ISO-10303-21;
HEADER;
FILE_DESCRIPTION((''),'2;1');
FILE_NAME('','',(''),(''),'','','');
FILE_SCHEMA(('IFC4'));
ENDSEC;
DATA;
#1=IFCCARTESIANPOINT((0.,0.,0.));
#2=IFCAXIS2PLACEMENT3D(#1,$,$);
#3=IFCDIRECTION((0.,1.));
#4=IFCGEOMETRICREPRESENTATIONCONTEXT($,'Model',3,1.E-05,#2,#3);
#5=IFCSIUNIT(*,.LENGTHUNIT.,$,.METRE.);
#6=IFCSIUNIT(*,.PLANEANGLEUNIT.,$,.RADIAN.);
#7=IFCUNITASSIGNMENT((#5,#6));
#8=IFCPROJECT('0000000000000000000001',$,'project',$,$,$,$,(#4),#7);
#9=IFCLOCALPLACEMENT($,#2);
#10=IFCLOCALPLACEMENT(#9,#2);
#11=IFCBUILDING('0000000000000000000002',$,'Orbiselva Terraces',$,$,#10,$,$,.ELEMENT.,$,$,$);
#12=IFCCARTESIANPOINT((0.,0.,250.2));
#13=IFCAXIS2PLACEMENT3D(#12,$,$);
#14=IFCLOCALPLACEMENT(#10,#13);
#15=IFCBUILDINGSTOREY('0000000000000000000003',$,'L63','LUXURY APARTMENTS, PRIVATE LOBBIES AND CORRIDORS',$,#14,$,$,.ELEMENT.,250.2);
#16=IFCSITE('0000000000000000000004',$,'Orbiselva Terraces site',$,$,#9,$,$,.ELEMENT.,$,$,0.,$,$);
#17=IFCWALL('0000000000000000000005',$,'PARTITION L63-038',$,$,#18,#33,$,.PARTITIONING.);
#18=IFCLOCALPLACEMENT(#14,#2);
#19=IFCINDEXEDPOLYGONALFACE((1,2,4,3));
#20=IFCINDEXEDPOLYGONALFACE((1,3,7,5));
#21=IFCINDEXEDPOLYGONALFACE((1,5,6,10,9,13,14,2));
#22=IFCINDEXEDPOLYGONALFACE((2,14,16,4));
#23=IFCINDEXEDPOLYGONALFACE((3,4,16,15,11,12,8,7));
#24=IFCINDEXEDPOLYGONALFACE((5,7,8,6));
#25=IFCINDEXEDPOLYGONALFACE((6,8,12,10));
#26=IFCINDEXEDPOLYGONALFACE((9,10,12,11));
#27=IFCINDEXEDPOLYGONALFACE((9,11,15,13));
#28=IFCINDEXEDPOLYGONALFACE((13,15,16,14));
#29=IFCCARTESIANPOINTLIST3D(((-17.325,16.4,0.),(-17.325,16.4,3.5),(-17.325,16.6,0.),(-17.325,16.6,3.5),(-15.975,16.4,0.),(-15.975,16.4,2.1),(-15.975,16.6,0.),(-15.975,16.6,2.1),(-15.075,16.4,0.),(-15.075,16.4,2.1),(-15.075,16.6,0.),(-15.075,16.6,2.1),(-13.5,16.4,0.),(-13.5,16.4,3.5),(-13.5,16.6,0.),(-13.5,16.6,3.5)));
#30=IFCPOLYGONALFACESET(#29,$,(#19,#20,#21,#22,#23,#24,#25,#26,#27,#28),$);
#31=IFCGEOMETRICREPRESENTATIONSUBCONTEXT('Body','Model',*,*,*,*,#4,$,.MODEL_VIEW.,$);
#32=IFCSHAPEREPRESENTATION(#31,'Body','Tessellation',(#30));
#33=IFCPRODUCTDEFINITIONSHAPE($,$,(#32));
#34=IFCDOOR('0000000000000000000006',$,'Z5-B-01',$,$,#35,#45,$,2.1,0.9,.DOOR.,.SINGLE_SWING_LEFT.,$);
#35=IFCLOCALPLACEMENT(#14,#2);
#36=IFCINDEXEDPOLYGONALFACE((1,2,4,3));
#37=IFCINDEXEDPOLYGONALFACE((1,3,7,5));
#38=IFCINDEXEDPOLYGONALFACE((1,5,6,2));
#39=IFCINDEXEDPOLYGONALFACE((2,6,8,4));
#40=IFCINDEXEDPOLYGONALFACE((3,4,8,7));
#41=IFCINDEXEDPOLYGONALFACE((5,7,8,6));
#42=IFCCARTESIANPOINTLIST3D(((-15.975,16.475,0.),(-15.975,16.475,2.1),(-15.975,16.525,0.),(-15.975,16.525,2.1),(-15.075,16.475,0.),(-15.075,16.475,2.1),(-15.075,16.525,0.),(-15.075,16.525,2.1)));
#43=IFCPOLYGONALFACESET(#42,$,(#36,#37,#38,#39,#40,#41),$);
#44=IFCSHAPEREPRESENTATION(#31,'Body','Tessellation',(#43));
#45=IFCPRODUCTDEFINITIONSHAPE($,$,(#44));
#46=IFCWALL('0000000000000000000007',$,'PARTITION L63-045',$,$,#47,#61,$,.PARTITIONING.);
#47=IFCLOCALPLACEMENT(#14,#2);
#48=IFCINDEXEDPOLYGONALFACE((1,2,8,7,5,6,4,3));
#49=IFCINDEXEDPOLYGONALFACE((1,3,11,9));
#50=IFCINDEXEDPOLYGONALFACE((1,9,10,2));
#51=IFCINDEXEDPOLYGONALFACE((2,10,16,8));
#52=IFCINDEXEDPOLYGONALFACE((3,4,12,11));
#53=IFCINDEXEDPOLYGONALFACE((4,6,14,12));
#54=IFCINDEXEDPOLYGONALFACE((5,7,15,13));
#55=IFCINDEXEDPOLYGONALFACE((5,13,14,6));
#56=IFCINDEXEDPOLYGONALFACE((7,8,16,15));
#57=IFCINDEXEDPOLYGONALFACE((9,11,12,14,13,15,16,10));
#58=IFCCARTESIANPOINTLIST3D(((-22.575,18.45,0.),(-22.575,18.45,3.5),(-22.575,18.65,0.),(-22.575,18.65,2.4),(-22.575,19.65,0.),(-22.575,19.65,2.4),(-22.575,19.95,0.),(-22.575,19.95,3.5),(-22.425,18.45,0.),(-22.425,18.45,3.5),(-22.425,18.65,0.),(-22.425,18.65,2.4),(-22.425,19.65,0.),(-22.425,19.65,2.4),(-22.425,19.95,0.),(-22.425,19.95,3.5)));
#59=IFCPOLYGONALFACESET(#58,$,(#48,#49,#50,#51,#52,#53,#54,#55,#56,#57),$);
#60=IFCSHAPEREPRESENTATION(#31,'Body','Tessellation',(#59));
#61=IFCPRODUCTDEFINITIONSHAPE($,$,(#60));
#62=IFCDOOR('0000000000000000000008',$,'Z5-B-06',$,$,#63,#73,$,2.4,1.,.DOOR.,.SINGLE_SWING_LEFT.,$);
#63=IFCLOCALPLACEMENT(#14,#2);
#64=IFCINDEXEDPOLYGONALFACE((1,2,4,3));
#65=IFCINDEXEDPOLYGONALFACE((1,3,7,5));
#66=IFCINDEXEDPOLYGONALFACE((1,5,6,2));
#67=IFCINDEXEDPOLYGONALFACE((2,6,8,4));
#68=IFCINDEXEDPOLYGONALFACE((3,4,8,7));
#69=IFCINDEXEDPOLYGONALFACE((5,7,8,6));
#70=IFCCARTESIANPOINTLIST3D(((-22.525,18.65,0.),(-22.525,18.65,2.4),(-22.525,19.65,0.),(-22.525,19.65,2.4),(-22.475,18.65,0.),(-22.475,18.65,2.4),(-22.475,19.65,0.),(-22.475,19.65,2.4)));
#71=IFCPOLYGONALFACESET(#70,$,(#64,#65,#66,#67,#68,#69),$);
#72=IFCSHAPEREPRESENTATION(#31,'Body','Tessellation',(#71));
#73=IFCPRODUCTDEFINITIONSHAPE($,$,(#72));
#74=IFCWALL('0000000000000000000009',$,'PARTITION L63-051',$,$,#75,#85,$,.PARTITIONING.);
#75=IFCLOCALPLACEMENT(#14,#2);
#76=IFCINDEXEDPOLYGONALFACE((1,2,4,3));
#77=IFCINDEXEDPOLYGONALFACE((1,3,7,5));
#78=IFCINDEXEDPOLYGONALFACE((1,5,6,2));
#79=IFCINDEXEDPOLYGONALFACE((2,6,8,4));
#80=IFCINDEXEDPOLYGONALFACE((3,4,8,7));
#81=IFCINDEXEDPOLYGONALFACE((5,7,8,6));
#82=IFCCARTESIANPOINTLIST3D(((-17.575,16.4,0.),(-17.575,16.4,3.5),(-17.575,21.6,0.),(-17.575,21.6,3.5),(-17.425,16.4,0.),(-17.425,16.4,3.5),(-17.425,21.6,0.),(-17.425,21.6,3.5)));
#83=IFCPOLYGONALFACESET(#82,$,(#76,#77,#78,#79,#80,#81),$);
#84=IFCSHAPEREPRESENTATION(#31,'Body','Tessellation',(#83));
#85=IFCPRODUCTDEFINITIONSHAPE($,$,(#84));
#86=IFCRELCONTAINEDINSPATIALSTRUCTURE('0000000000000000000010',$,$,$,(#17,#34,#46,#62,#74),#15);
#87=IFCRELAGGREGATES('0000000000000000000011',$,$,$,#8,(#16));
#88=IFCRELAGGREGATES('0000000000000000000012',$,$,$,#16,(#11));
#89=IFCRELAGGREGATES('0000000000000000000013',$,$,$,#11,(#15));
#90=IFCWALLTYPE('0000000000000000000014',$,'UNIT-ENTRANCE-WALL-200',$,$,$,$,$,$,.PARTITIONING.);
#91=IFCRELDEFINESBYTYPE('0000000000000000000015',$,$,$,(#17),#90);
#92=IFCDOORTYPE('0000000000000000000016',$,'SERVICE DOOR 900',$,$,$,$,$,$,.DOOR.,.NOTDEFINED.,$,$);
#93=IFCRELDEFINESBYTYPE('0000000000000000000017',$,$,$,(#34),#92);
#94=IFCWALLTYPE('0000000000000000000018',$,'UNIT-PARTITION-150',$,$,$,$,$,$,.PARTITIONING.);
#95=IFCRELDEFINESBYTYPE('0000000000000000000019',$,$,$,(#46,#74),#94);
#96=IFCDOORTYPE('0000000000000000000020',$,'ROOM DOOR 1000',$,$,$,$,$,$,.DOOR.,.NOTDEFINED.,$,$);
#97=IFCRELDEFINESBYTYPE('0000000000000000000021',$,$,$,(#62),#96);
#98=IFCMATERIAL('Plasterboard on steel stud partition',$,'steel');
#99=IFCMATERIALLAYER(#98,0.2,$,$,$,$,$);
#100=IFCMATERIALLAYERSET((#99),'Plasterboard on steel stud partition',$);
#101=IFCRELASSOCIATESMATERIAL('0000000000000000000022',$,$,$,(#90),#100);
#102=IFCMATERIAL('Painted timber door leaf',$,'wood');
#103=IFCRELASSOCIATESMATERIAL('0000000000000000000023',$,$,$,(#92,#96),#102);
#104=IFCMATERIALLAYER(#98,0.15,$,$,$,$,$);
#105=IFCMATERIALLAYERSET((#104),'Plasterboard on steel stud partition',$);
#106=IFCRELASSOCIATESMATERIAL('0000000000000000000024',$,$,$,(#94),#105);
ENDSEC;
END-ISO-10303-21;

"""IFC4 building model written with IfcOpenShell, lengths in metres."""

from ifc_helpers import new_model, si_unit, direction, frame, frame_2d, origin, place, context, subcontext, project, spatial, rectangle, extrude, material, layer, layer_set, type_object, element, fill, save


model = new_model("IFC4")

# Units and contexts
model_context = context("Model", 3, precision=1e-05, world=origin(), true_north=direction((0.0, 1.0)))
body_context = subcontext(model_context, "Body", "Model", "MODEL_VIEW")
ifc_project = project(units=[si_unit("LENGTHUNIT", "METRE"), si_unit("PLANEANGLEUNIT", "RADIAN")], contexts=[model_context])

# Site, building, storey
site_placement = place(None, origin())
site = spatial("IfcSite", under=ifc_project, at=site_placement, Name="Orbiselva Terraces site", CompositionType="ELEMENT", RefElevation=0.0)
building_placement = place(site_placement, origin())
building = spatial("IfcBuilding", under=site, at=building_placement, Name="Orbiselva Terraces", CompositionType="ELEMENT")
storey_placement = place(building_placement, frame((0.0, 0.0, 250.2)))
storey = spatial("IfcBuildingStorey", under=building, at=storey_placement, Name="L63", Description="LUXURY APARTMENTS, PRIVATE LOBBIES AND CORRIDORS", CompositionType="ELEMENT", Elevation=250.2)

# Walls, openings, doors
ifc_material_1 = material(Name="Plasterboard on steel stud partition", Category="steel")
ifc_layer_1 = layer(ifc_material_1, 0.2)
ifc_layer_set_1 = layer_set([ifc_layer_1], Name="Plasterboard on steel stud partition")
wall_type_1 = type_object("IfcWallType", Name="UNIT-ENTRANCE-WALL-200", PredefinedType="PARTITIONING", material=ifc_layer_set_1)
wall_1_placement = place(storey_placement, frame((-17.325, 16.5, 0.0), z_axis=(0.0, 0.0, 1.0), x_axis=(1.0, 0.0, 0.0)))
wall_1 = element("IfcWall", 1, at=wall_1_placement, inside=storey, type_object=wall_type_1, Name="PARTITION L63-038", PredefinedType="PARTITIONING", context=body_context, shape_type="SweptSolid", body=[
    extrude(rectangle(XDim=3.825, YDim=0.2, at=frame_2d((1.9125, 0.0))), origin(), (0.0, 0.0, 1.0), 3.5),
])
opening_1_placement = place(wall_1_placement, frame((1.35, 0.0, 0.0)))
opening_1 = element("IfcOpeningElement", 2, at=opening_1_placement, cuts=wall_1, PredefinedType="OPENING", context=body_context, shape_type="SweptSolid", body=[
    extrude(rectangle(XDim=0.9, YDim=2.1, at=frame_2d((0.45, 1.05))), frame((0.0, 0.11, 0.0), z_axis=(0.0, -1.0, 0.0), x_axis=(1.0, 0.0, 0.0)), (0.0, 0.0, 1.0), 0.22),
])
ifc_material_2 = material(Name="Painted timber door leaf", Category="wood")
door_type_1 = type_object("IfcDoorType", Name="SERVICE DOOR 900", OperationType="NOTDEFINED", PredefinedType="DOOR", material=ifc_material_2)
door_1_placement = place(opening_1_placement, origin())
door_1 = element("IfcDoor", 3, at=door_1_placement, inside=storey, type_object=door_type_1, Name="Z5-B-01", OperationType="SINGLE_SWING_LEFT", OverallHeight=2.1, OverallWidth=0.9, PredefinedType="DOOR", context=body_context, shape_type="SweptSolid", body=[
    extrude(rectangle(XDim=0.9, YDim=2.1, at=frame_2d((0.45, 1.05))), frame((0.0, 0.025, 0.0), z_axis=(0.0, -1.0, 0.0), x_axis=(1.0, 0.0, 0.0)), (0.0, 0.0, 1.0), 0.05),
])
fill(opening_1, door_1)
ifc_layer_2 = layer(ifc_material_1, 0.15)
ifc_layer_set_2 = layer_set([ifc_layer_2], Name="Plasterboard on steel stud partition")
wall_type_2 = type_object("IfcWallType", Name="UNIT-PARTITION-150", PredefinedType="PARTITIONING", material=ifc_layer_set_2)
wall_2_placement = place(storey_placement, frame((-22.5, 18.45, 0.0), z_axis=(0.0, 0.0, 1.0), x_axis=(0.0, 1.0, 0.0)))
wall_2 = element("IfcWall", 4, at=wall_2_placement, inside=storey, type_object=wall_type_2, Name="PARTITION L63-045", PredefinedType="PARTITIONING", context=body_context, shape_type="SweptSolid", body=[
    extrude(rectangle(XDim=1.5, YDim=0.15, at=frame_2d((0.75, 0.0))), origin(), (0.0, 0.0, 1.0), 3.5),
])
opening_2_placement = place(wall_2_placement, frame((0.2, 0.0, 0.0)))
opening_2 = element("IfcOpeningElement", 5, at=opening_2_placement, cuts=wall_2, PredefinedType="OPENING", context=body_context, shape_type="SweptSolid", body=[
    extrude(rectangle(XDim=1.0, YDim=2.4, at=frame_2d((0.5, 1.2))), frame((0.0, 0.085, 0.0), z_axis=(0.0, -1.0, 0.0), x_axis=(1.0, 0.0, 0.0)), (0.0, 0.0, 1.0), 0.17),
])
door_type_2 = type_object("IfcDoorType", Name="ROOM DOOR 1000", OperationType="NOTDEFINED", PredefinedType="DOOR", material=ifc_material_2)
door_2_placement = place(opening_2_placement, origin())
door_2 = element("IfcDoor", 6, at=door_2_placement, inside=storey, type_object=door_type_2, Name="Z5-B-06", OperationType="SINGLE_SWING_LEFT", OverallHeight=2.4, OverallWidth=1.0, PredefinedType="DOOR", context=body_context, shape_type="SweptSolid", body=[
    extrude(rectangle(XDim=1.0, YDim=2.4, at=frame_2d((0.5, 1.2))), frame((0.0, 0.025, 0.0), z_axis=(0.0, -1.0, 0.0), x_axis=(1.0, 0.0, 0.0)), (0.0, 0.0, 1.0), 0.05),
])
fill(opening_2, door_2)

# Wall
wall_3_placement = place(storey_placement, frame((-17.5, 16.4, 0.0), z_axis=(0.0, 0.0, 1.0), x_axis=(0.0, 1.0, 0.0)))
element("IfcWall", 7, at=wall_3_placement, inside=storey, type_object=wall_type_2, Name="PARTITION L63-051", PredefinedType="PARTITIONING", context=body_context, shape_type="SweptSolid", body=[
    extrude(rectangle(XDim=5.2, YDim=0.15, at=frame_2d((2.6, 0.0))), origin(), (0.0, 0.0, 1.0), 3.5),
])

save(model, "model.ifc")
